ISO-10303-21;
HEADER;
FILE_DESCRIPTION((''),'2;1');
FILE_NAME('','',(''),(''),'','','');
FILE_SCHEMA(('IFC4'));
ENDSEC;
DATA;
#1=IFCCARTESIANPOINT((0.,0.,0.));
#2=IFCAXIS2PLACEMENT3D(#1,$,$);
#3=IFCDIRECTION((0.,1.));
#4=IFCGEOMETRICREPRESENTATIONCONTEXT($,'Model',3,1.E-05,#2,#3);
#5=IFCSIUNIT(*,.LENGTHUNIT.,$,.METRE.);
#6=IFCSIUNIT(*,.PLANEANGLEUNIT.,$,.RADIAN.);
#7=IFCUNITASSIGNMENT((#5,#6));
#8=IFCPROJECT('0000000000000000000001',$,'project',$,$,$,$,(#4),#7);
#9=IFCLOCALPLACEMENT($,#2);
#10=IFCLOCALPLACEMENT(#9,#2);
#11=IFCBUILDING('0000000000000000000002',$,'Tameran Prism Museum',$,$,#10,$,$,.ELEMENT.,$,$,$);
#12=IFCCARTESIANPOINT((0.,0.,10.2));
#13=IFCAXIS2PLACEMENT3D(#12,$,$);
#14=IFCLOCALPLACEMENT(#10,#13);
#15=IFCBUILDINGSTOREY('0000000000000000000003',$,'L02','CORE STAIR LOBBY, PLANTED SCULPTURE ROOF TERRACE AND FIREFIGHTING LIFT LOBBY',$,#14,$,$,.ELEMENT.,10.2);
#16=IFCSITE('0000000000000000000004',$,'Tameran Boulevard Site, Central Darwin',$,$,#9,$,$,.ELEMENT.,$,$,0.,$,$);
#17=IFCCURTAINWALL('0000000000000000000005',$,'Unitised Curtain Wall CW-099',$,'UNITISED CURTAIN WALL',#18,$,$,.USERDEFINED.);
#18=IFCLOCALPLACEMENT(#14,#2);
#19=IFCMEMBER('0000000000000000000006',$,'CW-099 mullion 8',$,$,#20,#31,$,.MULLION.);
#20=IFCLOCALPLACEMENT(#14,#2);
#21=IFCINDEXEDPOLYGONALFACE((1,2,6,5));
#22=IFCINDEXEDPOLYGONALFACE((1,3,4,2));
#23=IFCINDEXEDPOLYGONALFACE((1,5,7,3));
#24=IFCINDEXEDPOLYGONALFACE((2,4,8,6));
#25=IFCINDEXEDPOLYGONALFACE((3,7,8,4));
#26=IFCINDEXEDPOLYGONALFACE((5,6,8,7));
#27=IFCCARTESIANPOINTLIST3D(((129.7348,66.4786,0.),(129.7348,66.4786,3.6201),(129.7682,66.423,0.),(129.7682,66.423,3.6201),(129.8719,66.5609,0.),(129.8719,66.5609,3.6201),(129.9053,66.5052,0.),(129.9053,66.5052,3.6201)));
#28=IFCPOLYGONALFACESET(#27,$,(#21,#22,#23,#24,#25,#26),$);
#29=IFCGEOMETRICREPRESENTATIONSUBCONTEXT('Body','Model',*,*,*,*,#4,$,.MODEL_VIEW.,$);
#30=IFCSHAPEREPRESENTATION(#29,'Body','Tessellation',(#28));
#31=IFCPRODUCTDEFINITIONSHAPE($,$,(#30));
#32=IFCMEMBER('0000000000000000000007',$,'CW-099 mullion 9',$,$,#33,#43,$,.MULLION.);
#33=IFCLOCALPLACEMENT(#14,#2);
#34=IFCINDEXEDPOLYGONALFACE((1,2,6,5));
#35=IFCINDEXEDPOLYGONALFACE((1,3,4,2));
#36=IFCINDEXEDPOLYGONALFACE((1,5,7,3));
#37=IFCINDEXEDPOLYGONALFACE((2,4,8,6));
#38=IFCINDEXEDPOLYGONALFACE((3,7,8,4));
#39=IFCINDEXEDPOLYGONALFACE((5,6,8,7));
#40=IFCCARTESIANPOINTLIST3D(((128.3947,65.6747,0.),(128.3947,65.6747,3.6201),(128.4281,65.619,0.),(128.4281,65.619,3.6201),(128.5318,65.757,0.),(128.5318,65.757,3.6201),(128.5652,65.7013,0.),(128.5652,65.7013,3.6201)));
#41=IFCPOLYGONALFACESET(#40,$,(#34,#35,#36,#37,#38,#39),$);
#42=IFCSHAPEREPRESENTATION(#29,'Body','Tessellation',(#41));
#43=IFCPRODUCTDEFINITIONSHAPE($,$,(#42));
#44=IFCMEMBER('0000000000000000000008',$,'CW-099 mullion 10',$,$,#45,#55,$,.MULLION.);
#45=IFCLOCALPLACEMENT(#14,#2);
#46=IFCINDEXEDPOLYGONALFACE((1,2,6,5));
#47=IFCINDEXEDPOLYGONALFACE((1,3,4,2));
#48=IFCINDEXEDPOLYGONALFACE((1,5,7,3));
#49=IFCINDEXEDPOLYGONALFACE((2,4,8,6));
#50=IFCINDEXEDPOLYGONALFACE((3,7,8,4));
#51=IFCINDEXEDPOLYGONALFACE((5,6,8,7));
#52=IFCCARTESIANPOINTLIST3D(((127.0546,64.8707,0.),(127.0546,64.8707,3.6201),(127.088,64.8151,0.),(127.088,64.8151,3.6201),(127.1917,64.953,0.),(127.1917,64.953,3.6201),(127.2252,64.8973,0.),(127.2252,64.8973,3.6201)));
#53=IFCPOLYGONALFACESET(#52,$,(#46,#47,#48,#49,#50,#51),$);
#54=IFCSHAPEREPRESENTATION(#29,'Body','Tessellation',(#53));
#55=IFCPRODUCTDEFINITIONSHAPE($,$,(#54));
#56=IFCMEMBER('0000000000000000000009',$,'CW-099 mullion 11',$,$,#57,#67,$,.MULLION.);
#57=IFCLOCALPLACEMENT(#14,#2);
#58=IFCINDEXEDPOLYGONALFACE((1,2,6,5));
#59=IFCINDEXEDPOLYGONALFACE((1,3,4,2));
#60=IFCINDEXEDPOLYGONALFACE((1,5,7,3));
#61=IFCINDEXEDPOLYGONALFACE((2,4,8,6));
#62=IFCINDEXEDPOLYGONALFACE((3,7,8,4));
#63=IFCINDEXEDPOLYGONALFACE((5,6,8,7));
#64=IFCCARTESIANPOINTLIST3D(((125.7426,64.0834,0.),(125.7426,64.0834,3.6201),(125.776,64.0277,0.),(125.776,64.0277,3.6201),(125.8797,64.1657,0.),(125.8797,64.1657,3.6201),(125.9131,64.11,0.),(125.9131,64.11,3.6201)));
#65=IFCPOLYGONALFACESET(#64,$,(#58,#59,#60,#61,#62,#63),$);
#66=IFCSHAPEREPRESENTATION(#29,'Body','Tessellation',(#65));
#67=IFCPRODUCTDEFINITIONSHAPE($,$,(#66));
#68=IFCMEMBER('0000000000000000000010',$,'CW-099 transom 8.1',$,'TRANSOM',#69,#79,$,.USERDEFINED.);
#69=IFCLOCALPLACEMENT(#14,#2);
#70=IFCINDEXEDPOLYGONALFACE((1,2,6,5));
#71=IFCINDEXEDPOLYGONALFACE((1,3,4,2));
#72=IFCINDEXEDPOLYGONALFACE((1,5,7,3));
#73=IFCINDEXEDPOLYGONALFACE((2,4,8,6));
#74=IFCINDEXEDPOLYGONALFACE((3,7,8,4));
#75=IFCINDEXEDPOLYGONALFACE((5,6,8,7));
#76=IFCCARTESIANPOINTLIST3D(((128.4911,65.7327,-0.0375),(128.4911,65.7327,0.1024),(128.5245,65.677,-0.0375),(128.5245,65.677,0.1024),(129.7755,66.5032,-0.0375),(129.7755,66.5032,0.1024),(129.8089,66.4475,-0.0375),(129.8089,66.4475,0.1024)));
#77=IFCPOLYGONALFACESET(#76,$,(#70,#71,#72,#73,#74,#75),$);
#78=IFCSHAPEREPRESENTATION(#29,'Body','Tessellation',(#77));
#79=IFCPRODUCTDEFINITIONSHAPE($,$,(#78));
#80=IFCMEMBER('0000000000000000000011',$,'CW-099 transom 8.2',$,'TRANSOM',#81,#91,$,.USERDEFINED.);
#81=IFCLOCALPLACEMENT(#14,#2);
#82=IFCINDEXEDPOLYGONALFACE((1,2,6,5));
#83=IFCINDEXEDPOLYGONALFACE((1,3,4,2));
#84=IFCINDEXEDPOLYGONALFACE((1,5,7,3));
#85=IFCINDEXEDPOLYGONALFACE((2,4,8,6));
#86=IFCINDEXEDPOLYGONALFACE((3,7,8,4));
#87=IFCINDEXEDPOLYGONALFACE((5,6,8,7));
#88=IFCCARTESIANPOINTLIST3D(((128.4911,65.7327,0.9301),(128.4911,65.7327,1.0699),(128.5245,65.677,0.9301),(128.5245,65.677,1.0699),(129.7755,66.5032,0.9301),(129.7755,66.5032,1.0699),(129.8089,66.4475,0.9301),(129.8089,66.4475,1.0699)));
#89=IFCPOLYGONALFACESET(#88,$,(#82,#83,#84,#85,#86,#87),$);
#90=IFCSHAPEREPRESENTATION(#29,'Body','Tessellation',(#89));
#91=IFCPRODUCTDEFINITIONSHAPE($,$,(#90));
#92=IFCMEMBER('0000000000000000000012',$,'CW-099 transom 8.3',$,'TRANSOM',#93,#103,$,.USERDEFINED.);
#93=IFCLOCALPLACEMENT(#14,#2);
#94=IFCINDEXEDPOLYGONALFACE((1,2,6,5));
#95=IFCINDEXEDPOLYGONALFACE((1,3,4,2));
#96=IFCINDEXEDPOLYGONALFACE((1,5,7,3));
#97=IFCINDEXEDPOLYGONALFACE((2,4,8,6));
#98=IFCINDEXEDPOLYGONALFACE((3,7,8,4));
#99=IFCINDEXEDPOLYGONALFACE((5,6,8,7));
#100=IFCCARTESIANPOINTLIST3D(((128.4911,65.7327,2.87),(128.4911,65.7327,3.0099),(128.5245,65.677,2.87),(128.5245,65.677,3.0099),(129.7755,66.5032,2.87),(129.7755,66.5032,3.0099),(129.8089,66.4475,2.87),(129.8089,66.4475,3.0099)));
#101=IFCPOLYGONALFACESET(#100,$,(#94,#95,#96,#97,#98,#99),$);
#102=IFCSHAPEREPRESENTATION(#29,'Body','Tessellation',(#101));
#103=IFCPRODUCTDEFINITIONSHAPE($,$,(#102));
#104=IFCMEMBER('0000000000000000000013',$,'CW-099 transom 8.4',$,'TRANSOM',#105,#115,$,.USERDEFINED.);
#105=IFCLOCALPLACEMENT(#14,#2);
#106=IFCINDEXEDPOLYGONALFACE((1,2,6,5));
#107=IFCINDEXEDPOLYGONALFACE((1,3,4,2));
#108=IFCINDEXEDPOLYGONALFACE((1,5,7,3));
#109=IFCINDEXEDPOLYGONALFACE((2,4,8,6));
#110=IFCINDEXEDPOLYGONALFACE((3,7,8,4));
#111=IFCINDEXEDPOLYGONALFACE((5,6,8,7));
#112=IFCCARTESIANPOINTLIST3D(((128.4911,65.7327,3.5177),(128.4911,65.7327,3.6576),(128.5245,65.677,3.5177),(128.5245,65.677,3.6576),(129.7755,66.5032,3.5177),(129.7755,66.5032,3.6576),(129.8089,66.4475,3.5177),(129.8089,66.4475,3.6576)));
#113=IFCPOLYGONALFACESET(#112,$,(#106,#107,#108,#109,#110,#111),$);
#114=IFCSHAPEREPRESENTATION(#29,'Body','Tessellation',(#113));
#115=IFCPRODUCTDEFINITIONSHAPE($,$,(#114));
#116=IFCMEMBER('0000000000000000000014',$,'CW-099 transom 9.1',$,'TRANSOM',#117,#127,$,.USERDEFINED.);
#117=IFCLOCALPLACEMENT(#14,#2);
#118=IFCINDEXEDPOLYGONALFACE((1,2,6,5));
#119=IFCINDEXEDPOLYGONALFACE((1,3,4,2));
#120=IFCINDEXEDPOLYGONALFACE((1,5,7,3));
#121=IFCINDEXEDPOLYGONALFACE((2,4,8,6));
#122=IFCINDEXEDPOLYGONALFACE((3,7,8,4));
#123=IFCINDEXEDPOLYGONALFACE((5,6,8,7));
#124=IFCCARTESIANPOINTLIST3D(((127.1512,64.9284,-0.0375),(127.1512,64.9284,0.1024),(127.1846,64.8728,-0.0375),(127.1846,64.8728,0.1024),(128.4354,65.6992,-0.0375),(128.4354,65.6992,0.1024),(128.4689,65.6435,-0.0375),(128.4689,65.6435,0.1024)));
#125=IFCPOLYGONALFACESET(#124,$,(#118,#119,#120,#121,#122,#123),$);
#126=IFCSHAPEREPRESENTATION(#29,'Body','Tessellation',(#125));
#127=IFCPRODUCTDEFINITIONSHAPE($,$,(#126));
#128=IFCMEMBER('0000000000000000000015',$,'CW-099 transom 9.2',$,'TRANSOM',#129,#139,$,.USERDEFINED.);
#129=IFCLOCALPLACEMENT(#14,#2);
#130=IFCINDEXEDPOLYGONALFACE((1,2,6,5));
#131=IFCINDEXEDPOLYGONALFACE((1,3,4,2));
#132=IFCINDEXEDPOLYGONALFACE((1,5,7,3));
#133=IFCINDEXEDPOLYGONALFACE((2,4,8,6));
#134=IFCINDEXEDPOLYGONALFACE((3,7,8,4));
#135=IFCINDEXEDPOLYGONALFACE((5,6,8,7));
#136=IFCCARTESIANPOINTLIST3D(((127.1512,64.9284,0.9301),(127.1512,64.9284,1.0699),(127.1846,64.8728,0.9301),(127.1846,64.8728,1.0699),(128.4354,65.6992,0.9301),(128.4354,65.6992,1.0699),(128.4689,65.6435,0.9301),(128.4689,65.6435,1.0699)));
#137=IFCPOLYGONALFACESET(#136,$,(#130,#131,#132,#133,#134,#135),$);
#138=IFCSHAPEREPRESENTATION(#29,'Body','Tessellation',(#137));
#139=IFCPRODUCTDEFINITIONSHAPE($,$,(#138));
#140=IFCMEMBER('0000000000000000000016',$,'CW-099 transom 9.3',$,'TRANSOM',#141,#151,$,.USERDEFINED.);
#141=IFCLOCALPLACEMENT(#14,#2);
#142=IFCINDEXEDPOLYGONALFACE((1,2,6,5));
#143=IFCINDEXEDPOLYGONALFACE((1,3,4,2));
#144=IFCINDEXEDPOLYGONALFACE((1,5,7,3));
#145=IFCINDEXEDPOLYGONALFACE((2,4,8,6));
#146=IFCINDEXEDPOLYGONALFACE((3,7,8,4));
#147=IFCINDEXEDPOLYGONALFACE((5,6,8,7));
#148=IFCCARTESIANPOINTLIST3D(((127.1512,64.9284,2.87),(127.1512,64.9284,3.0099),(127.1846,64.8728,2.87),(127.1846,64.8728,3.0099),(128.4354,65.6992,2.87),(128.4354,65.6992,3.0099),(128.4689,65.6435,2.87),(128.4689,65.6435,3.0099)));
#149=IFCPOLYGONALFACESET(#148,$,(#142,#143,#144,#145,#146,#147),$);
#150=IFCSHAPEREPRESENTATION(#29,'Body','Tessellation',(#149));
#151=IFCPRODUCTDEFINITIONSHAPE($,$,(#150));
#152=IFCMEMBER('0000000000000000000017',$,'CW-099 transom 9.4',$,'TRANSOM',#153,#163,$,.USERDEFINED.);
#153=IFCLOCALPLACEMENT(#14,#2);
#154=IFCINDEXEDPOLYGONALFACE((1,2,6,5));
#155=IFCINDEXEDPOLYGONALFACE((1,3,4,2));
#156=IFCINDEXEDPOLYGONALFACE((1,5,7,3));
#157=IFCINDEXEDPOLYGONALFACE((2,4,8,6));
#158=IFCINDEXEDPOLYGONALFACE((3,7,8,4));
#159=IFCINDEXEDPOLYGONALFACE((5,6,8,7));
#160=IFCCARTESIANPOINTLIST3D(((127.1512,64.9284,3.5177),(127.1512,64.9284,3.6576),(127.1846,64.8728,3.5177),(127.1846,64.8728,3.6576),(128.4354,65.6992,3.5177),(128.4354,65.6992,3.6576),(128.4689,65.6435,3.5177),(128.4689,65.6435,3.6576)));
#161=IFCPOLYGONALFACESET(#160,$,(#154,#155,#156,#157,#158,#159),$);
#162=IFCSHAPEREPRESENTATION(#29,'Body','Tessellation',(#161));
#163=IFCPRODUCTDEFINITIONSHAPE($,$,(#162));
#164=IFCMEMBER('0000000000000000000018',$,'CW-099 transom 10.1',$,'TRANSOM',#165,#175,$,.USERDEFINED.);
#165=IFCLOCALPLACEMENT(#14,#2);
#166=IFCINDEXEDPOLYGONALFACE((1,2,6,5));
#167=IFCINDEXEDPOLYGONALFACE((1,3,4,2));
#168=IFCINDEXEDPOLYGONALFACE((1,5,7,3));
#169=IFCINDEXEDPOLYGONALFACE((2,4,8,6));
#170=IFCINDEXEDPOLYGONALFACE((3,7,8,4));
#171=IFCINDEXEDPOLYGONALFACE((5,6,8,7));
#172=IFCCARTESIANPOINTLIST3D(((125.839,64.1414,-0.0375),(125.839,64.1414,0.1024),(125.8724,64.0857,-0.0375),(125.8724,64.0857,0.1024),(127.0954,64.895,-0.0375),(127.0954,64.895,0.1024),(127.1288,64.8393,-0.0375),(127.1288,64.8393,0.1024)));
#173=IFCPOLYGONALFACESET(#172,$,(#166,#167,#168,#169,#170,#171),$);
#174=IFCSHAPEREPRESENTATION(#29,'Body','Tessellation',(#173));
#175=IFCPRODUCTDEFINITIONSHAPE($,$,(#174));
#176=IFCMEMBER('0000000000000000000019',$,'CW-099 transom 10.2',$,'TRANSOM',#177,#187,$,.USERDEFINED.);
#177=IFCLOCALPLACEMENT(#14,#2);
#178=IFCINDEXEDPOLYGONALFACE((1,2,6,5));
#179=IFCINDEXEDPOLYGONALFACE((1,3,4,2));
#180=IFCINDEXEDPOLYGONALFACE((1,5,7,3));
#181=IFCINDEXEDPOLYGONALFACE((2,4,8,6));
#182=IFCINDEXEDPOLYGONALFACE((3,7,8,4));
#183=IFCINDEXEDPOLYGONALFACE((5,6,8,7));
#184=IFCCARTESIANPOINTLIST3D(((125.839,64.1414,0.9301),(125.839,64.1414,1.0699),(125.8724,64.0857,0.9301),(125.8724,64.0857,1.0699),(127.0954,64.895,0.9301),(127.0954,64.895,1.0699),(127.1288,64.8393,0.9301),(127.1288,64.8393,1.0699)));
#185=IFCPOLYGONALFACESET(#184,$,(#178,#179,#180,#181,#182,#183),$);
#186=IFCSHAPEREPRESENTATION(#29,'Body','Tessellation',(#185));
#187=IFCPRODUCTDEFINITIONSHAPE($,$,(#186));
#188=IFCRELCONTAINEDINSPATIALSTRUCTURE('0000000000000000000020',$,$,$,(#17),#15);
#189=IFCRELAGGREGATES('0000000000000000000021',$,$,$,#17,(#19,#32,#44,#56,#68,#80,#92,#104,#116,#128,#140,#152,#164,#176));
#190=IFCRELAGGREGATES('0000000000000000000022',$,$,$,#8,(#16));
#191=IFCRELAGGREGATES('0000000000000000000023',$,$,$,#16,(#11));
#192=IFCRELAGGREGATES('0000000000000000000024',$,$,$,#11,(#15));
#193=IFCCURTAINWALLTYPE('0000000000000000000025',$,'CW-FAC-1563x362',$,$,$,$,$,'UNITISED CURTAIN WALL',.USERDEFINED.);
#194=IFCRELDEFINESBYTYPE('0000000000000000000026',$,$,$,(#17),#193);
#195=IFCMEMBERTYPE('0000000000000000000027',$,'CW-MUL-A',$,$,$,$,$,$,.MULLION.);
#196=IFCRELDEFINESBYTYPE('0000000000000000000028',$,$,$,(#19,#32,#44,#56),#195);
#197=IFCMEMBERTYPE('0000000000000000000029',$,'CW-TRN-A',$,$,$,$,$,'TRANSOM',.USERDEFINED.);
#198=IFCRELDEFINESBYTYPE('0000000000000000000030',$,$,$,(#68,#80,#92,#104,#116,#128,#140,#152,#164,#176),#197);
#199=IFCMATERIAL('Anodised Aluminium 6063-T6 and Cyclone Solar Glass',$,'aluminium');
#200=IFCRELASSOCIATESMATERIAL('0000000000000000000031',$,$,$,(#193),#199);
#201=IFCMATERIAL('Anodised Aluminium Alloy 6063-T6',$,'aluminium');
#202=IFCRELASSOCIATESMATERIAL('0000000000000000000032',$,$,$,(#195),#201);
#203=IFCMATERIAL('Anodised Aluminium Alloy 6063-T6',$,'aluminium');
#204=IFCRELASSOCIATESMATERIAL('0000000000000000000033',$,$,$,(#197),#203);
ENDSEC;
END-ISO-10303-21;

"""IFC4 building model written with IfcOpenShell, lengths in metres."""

from ifc_helpers import new_model, si_unit, direction, frame, origin, origin_2d, place, context, subcontext, project, spatial, rectangle, extrude, material, material_profile, profile_set, type_object, element, aggregate, save


model = new_model("IFC4")

# Units and contexts
model_context = context("Model", 3, precision=1e-05, world=origin(), true_north=direction((0.0, 1.0)))
body_context = subcontext(model_context, "Body", "Model", "MODEL_VIEW")
ifc_project = project(units=[si_unit("LENGTHUNIT", "METRE"), si_unit("PLANEANGLEUNIT", "RADIAN")], contexts=[model_context])

# Site, building, storey
site_placement = place(None, origin())
site = spatial("IfcSite", under=ifc_project, at=site_placement, Name="Tameran Boulevard Site, Central Darwin", CompositionType="ELEMENT", RefElevation=0.0)
building_placement = place(site_placement, origin())
building = spatial("IfcBuilding", under=site, at=building_placement, Name="Tameran Prism Museum", CompositionType="ELEMENT")
storey_placement = place(building_placement, frame((0.0, 0.0, 10.2)))
storey = spatial("IfcBuildingStorey", under=building, at=storey_placement, Name="L02", Description="CORE STAIR LOBBY, PLANTED SCULPTURE ROOF TERRACE AND FIREFIGHTING LIFT LOBBY", CompositionType="ELEMENT", Elevation=10.2)

# Curtain wall, members
ifc_material_1 = material(Name="Anodised Aluminium 6063-T6 and Cyclone Solar Glass", Category="aluminium")
curtain_wall_type = type_object("IfcCurtainWallType", Name="CW-FAC-1563x362", ElementType="UNITISED CURTAIN WALL", PredefinedType="USERDEFINED", material=ifc_material_1)
curtain_wall_placement = place(storey_placement, origin())
curtain_wall = element("IfcCurtainWall", 1, at=curtain_wall_placement, inside=storey, type_object=curtain_wall_type, Name="Unitised Curtain Wall CW-099", ObjectType="UNITISED CURTAIN WALL", PredefinedType="USERDEFINED")
ifc_material_2 = material(Name="Anodised Aluminium Alloy 6063-T6", Category="aluminium")
ifc_material_profile_1 = material_profile(ifc_material_2, rectangle(XDim=0.0649, YDim=0.1599, at=origin_2d()))
ifc_profile_set_1 = profile_set([ifc_material_profile_1])
member_type_1 = type_object("IfcMemberType", Name="CW-MUL-A", PredefinedType="MULLION", material=ifc_profile_set_1)
member_1_placement = place(storey_placement, frame((129.8201, 66.4919, 0.0), z_axis=(0.0, 0.0, 1.0), x_axis=(0.514496, -0.857493, 0.0)))
member_1 = element("IfcMember", 2, at=member_1_placement, type_object=member_type_1, Name="CW-099 mullion 8", PredefinedType="MULLION", context=body_context, shape_type="SweptSolid", body=[
    extrude(rectangle(XDim=0.0649, YDim=0.1599, at=origin_2d()), origin(), (0.0, 0.0, 1.0), 3.6201),
])
member_2_placement = place(storey_placement, frame((128.48, 65.688, 0.0), z_axis=(0.0, 0.0, 1.0), x_axis=(0.514496, -0.857493, 0.0)))
member_2 = element("IfcMember", 3, at=member_2_placement, type_object=member_type_1, Name="CW-099 mullion 9", PredefinedType="MULLION", context=body_context, shape_type="SweptSolid", body=[
    extrude(rectangle(XDim=0.0649, YDim=0.1599, at=origin_2d()), origin(), (0.0, 0.0, 1.0), 3.6201),
])
member_3_placement = place(storey_placement, frame((127.1399, 64.884, 0.0), z_axis=(0.0, 0.0, 1.0), x_axis=(0.514496, -0.857493, 0.0)))
member_3 = element("IfcMember", 4, at=member_3_placement, type_object=member_type_1, Name="CW-099 mullion 10", PredefinedType="MULLION", context=body_context, shape_type="SweptSolid", body=[
    extrude(rectangle(XDim=0.0649, YDim=0.1599, at=origin_2d()), origin(), (0.0, 0.0, 1.0), 3.6201),
])
member_4_placement = place(storey_placement, frame((125.8279, 64.0967, 0.0), z_axis=(0.0, 0.0, 1.0), x_axis=(0.514496, -0.857493, 0.0)))
member_4 = element("IfcMember", 5, at=member_4_placement, type_object=member_type_1, Name="CW-099 mullion 11", PredefinedType="MULLION", context=body_context, shape_type="SweptSolid", body=[
    extrude(rectangle(XDim=0.0649, YDim=0.1599, at=origin_2d()), origin(), (0.0, 0.0, 1.0), 3.6201),
])
ifc_material_3 = material(Name="Anodised Aluminium Alloy 6063-T6", Category="aluminium")
ifc_material_profile_2 = material_profile(ifc_material_3, rectangle(XDim=0.0649, YDim=0.1399, at=origin_2d()))
ifc_profile_set_2 = profile_set([ifc_material_profile_2])
member_type_2 = type_object("IfcMemberType", Name="CW-TRN-A", ElementType="TRANSOM", PredefinedType="USERDEFINED", material=ifc_profile_set_2)
member_5_placement = place(storey_placement, frame((129.7922, 66.4753, 0.0325), z_axis=(-0.857536, -0.514424, 0.0), x_axis=(0.514424, -0.857536, 0.0)))
member_5 = element("IfcMember", 6, at=member_5_placement, type_object=member_type_2, Name="CW-099 transom 8.1", ObjectType="TRANSOM", PredefinedType="USERDEFINED", context=body_context, shape_type="SweptSolid", body=[
    extrude(rectangle(XDim=0.0649, YDim=0.1399, at=origin_2d()), origin(), (0.0, 0.0, 1.0), 1.4978),
])
member_6_placement = place(storey_placement, frame((129.7922, 66.4753, 1.0), z_axis=(-0.857536, -0.514424, 0.0), x_axis=(0.514424, -0.857536, 0.0)))
member_6 = element("IfcMember", 7, at=member_6_placement, type_object=member_type_2, Name="CW-099 transom 8.2", ObjectType="TRANSOM", PredefinedType="USERDEFINED", context=body_context, shape_type="SweptSolid", body=[
    extrude(rectangle(XDim=0.0649, YDim=0.1399, at=origin_2d()), origin(), (0.0, 0.0, 1.0), 1.4978),
])
member_7_placement = place(storey_placement, frame((129.7922, 66.4753, 2.9399), z_axis=(-0.857536, -0.514424, 0.0), x_axis=(0.514424, -0.857536, 0.0)))
member_7 = element("IfcMember", 8, at=member_7_placement, type_object=member_type_2, Name="CW-099 transom 8.3", ObjectType="TRANSOM", PredefinedType="USERDEFINED", context=body_context, shape_type="SweptSolid", body=[
    extrude(rectangle(XDim=0.0649, YDim=0.1399, at=origin_2d()), origin(), (0.0, 0.0, 1.0), 1.4978),
])
member_8_placement = place(storey_placement, frame((129.7922, 66.4753, 3.5876), z_axis=(-0.857536, -0.514424, 0.0), x_axis=(0.514424, -0.857536, 0.0)))
member_8 = element("IfcMember", 9, at=member_8_placement, type_object=member_type_2, Name="CW-099 transom 8.4", ObjectType="TRANSOM", PredefinedType="USERDEFINED", context=body_context, shape_type="SweptSolid", body=[
    extrude(rectangle(XDim=0.0649, YDim=0.1399, at=origin_2d()), origin(), (0.0, 0.0, 1.0), 1.4978),
])
member_9_placement = place(storey_placement, frame((128.4521, 65.6714, 0.0325), z_axis=(-0.857421, -0.514616, 0.0), x_axis=(0.514616, -0.857421, 0.0)))
member_9 = element("IfcMember", 10, at=member_9_placement, type_object=member_type_2, Name="CW-099 transom 9.1", ObjectType="TRANSOM", PredefinedType="USERDEFINED", context=body_context, shape_type="SweptSolid", body=[
    extrude(rectangle(XDim=0.0649, YDim=0.1399, at=origin_2d()), origin(), (0.0, 0.0, 1.0), 1.4978),
])
member_10_placement = place(storey_placement, frame((128.4521, 65.6714, 1.0), z_axis=(-0.857421, -0.514616, 0.0), x_axis=(0.514616, -0.857421, 0.0)))
member_10 = element("IfcMember", 11, at=member_10_placement, type_object=member_type_2, Name="CW-099 transom 9.2", ObjectType="TRANSOM", PredefinedType="USERDEFINED", context=body_context, shape_type="SweptSolid", body=[
    extrude(rectangle(XDim=0.0649, YDim=0.1399, at=origin_2d()), origin(), (0.0, 0.0, 1.0), 1.4978),
])
member_11_placement = place(storey_placement, frame((128.4521, 65.6714, 2.9399), z_axis=(-0.857421, -0.514616, 0.0), x_axis=(0.514616, -0.857421, 0.0)))
member_11 = element("IfcMember", 12, at=member_11_placement, type_object=member_type_2, Name="CW-099 transom 9.3", ObjectType="TRANSOM", PredefinedType="USERDEFINED", context=body_context, shape_type="SweptSolid", body=[
    extrude(rectangle(XDim=0.0649, YDim=0.1399, at=origin_2d()), origin(), (0.0, 0.0, 1.0), 1.4978),
])
member_12_placement = place(storey_placement, frame((128.4521, 65.6714, 3.5876), z_axis=(-0.857421, -0.514616, 0.0), x_axis=(0.514616, -0.857421, 0.0)))
member_12 = element("IfcMember", 13, at=member_12_placement, type_object=member_type_2, Name="CW-099 transom 9.4", ObjectType="TRANSOM", PredefinedType="USERDEFINED", context=body_context, shape_type="SweptSolid", body=[
    extrude(rectangle(XDim=0.0649, YDim=0.1399, at=origin_2d()), origin(), (0.0, 0.0, 1.0), 1.4978),
])
member_13_placement = place(storey_placement, frame((127.1121, 64.8672, 0.0325), z_axis=(-0.857537, -0.514422, 0.0), x_axis=(0.514422, -0.857537, 0.0)))
member_13 = element("IfcMember", 14, at=member_13_placement, type_object=member_type_2, Name="CW-099 transom 10.1", ObjectType="TRANSOM", PredefinedType="USERDEFINED", context=body_context, shape_type="SweptSolid", body=[
    extrude(rectangle(XDim=0.0649, YDim=0.1399, at=origin_2d()), origin(), (0.0, 0.0, 1.0), 1.4651),
])
member_14_placement = place(storey_placement, frame((127.1121, 64.8672, 1.0), z_axis=(-0.857537, -0.514422, 0.0), x_axis=(0.514422, -0.857537, 0.0)))
member_14 = element("IfcMember", 15, at=member_14_placement, type_object=member_type_2, Name="CW-099 transom 10.2", ObjectType="TRANSOM", PredefinedType="USERDEFINED", context=body_context, shape_type="SweptSolid", body=[
    extrude(rectangle(XDim=0.0649, YDim=0.1399, at=origin_2d()), origin(), (0.0, 0.0, 1.0), 1.4651),
])
aggregate(curtain_wall, [member_1, member_2, member_3, member_4, member_5, member_6, member_7, member_8, member_9, member_10, member_11, member_12, member_13, member_14])

save(model, "model.ifc")
